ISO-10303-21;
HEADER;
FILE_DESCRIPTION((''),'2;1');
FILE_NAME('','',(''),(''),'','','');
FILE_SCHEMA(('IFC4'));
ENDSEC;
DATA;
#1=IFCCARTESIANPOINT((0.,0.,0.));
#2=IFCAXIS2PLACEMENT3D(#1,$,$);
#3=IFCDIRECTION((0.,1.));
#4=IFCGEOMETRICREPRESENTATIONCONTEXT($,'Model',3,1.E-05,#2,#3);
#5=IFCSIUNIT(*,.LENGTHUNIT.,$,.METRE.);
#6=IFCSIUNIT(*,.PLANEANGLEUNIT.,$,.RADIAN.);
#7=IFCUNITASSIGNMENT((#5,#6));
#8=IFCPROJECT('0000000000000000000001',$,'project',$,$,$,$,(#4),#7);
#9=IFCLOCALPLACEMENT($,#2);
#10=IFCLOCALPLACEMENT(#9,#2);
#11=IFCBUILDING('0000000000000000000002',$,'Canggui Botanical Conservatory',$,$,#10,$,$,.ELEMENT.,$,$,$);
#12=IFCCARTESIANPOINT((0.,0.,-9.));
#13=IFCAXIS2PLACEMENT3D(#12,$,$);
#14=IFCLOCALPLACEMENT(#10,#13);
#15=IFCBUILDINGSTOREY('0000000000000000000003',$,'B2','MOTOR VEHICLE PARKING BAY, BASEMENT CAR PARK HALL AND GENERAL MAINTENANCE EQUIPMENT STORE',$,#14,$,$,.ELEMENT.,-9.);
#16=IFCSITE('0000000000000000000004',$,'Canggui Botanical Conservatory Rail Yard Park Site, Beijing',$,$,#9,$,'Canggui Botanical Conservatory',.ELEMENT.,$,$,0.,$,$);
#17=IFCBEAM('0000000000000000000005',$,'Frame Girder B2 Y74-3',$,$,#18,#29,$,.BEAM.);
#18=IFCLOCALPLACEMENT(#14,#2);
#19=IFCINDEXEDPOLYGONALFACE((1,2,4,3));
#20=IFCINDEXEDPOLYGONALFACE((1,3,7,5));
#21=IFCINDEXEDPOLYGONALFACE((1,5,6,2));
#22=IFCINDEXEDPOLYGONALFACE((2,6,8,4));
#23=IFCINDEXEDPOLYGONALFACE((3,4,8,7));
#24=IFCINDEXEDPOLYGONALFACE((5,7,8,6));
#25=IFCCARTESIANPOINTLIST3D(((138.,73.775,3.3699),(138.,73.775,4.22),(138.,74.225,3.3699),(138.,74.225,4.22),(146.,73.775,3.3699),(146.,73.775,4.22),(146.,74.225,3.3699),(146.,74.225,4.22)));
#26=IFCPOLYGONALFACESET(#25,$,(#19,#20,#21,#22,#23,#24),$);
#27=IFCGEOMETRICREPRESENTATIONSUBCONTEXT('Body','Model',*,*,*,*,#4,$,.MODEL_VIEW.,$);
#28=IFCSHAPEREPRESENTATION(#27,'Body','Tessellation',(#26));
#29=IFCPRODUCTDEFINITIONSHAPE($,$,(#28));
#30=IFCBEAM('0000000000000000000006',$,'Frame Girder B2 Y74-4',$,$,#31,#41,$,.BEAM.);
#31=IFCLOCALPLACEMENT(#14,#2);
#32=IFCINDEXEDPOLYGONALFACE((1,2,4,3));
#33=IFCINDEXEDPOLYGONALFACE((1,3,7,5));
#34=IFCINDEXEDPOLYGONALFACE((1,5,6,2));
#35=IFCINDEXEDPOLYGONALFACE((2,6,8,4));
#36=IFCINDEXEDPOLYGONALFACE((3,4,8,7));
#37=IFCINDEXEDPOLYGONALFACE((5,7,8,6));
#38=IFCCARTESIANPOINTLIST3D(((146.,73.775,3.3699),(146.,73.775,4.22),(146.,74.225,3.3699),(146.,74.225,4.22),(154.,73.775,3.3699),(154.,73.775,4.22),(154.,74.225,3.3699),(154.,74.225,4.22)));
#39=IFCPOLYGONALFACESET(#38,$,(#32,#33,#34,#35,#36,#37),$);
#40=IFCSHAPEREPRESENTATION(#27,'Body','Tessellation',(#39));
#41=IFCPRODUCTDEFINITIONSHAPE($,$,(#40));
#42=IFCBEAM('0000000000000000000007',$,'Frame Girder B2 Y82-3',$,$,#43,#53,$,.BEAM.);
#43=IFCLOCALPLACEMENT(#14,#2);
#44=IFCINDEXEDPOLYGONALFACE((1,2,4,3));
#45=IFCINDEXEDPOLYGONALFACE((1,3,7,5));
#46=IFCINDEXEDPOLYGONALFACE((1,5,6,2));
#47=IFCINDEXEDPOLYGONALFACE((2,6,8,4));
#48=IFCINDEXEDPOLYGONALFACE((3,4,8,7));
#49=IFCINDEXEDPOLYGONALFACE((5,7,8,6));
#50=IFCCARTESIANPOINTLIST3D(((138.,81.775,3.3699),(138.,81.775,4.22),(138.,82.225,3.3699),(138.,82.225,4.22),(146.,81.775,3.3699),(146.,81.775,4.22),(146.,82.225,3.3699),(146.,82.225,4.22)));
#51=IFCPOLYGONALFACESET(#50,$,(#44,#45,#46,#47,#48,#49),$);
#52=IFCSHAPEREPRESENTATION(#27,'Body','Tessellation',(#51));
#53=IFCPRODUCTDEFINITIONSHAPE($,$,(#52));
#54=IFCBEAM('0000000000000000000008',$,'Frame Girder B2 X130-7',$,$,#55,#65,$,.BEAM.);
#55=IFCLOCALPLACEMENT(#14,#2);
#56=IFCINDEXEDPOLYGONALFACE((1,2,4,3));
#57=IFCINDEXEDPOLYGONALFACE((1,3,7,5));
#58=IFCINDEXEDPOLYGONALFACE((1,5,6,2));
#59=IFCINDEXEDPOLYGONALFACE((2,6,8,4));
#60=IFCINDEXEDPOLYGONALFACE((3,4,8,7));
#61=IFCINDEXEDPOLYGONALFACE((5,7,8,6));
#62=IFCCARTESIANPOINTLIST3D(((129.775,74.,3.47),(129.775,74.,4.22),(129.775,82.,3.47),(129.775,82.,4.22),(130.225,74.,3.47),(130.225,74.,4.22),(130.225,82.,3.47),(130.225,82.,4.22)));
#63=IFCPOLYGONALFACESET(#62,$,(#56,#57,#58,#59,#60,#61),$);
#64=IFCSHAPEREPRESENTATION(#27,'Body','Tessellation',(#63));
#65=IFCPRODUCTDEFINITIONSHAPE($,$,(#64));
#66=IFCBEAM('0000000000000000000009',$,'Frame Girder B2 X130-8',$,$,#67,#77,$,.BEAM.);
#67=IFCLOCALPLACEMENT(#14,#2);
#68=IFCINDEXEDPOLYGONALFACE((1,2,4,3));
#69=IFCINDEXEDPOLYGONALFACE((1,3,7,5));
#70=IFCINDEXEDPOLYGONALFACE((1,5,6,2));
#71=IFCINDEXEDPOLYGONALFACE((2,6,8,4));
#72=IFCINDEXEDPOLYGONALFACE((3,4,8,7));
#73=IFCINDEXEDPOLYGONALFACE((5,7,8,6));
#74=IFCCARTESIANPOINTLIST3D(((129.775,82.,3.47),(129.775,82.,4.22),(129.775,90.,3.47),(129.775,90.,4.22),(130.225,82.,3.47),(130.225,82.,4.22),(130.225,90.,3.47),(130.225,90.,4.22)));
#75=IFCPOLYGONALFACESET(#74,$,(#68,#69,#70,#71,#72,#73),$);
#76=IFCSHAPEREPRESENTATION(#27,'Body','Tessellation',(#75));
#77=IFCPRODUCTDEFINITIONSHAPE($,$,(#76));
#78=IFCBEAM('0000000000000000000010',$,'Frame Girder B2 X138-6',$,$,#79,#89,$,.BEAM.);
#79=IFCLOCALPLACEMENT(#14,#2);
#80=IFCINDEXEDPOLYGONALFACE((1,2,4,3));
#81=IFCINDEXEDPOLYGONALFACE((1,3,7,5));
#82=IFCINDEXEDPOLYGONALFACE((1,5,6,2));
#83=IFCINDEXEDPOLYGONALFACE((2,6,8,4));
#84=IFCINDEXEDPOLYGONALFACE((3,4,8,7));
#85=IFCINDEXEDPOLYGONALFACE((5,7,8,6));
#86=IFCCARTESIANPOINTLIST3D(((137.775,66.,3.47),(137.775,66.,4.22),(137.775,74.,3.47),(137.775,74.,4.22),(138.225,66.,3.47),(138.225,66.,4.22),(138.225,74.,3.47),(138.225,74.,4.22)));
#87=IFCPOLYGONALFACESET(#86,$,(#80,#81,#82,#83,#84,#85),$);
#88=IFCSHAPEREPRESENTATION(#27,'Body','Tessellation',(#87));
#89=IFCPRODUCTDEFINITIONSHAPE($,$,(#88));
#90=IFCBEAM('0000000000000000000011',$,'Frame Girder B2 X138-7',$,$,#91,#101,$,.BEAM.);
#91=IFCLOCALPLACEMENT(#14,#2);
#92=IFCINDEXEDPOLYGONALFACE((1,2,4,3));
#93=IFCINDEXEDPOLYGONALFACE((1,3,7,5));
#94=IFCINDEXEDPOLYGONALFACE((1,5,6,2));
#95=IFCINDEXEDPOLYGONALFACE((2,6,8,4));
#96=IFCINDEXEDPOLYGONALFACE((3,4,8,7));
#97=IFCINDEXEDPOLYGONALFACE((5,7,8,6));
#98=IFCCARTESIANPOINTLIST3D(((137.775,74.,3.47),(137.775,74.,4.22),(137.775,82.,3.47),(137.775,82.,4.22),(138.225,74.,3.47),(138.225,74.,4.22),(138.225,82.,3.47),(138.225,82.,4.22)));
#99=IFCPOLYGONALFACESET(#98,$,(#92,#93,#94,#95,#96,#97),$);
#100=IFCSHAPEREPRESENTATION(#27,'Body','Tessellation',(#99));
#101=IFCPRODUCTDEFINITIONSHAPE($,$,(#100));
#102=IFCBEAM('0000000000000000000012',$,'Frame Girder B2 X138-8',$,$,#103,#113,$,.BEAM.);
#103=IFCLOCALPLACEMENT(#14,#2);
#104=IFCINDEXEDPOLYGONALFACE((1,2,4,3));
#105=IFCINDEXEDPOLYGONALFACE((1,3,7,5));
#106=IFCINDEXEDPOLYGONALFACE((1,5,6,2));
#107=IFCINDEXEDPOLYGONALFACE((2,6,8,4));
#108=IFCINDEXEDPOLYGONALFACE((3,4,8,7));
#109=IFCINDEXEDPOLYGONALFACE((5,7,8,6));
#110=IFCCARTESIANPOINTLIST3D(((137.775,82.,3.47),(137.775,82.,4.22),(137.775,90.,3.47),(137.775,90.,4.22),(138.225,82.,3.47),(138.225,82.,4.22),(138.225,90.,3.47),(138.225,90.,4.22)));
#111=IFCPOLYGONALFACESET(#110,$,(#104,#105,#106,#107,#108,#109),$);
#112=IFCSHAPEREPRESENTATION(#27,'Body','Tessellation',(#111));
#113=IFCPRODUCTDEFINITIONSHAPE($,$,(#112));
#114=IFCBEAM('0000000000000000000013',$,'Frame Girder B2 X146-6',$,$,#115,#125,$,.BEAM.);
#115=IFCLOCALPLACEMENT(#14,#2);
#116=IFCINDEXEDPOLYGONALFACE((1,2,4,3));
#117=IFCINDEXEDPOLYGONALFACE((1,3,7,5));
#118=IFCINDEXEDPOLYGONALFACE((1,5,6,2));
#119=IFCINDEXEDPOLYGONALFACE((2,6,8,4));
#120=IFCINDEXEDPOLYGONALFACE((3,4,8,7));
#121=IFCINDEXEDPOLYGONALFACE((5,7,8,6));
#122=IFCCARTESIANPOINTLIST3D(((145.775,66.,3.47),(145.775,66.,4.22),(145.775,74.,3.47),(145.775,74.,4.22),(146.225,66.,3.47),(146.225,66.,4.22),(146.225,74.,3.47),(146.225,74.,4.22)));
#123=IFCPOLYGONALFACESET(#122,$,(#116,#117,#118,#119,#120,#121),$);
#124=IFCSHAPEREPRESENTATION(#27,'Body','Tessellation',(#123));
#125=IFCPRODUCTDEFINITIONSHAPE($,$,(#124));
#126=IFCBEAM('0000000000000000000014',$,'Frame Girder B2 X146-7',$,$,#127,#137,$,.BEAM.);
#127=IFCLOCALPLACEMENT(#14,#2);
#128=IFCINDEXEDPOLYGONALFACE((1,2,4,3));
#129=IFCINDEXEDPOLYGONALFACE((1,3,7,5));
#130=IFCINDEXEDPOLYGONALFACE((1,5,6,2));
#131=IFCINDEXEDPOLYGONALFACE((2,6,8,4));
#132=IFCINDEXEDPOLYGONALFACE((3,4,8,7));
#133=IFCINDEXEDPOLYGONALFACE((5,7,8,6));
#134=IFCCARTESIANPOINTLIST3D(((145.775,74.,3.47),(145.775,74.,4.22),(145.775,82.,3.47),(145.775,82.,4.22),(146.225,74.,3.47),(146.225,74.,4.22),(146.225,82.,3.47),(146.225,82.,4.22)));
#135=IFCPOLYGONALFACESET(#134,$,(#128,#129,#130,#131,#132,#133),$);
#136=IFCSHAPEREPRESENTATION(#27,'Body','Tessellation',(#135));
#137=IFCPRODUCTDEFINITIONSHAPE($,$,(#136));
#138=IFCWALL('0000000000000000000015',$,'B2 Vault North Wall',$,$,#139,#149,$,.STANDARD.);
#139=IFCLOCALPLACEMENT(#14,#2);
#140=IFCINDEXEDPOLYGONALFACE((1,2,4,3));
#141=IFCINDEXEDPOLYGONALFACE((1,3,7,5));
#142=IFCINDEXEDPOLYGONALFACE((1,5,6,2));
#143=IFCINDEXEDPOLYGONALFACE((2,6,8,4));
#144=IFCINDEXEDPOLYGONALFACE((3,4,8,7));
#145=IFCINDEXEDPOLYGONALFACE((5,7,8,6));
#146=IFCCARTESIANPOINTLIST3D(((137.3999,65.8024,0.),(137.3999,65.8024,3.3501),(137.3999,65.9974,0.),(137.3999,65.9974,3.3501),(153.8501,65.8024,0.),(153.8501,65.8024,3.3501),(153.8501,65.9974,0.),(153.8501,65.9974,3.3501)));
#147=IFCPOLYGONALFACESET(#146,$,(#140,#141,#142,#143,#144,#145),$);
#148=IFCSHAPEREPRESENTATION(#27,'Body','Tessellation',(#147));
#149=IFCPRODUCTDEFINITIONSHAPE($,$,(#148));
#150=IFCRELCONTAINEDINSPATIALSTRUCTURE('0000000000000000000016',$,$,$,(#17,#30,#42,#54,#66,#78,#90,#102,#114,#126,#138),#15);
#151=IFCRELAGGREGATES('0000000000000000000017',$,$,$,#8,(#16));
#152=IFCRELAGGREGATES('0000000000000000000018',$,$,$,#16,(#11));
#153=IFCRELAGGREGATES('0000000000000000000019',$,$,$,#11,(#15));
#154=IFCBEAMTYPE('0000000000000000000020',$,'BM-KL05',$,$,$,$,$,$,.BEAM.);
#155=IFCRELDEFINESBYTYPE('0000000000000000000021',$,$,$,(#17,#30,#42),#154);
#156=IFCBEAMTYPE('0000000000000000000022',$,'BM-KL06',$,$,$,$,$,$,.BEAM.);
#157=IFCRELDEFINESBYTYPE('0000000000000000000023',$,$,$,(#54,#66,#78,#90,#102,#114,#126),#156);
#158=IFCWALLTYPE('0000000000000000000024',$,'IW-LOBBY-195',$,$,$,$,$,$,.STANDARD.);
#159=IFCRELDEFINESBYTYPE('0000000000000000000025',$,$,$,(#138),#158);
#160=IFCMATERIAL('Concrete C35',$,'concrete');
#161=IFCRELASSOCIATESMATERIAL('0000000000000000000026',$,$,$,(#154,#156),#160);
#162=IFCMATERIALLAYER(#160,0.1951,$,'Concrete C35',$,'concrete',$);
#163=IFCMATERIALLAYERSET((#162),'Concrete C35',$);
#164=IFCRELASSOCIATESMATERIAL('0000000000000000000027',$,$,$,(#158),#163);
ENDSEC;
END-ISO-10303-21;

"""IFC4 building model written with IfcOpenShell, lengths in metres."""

from ifc_helpers import new_model, si_unit, direction, frame, frame_2d, origin, origin_2d, place, context, subcontext, project, spatial, rectangle, extrude, material, layer, layer_set, material_profile, profile_set, type_object, element, save


model = new_model("IFC4")

# Units and contexts
model_context = context("Model", 3, precision=1e-05, world=origin(), true_north=direction((0.0, 1.0)))
body_context = subcontext(model_context, "Body", "Model", "MODEL_VIEW")
ifc_project = project(units=[si_unit("LENGTHUNIT", "METRE"), si_unit("PLANEANGLEUNIT", "RADIAN")], contexts=[model_context])

# Site, building, storey
site_placement = place(None, origin())
site = spatial("IfcSite", under=ifc_project, at=site_placement, Name="Canggui Botanical Conservatory Rail Yard Park Site, Beijing", LongName="Canggui Botanical Conservatory", CompositionType="ELEMENT", RefElevation=0.0)
building_placement = place(site_placement, origin())
building = spatial("IfcBuilding", under=site, at=building_placement, Name="Canggui Botanical Conservatory", CompositionType="ELEMENT")
storey_placement = place(building_placement, frame((0.0, 0.0, -9.0)))
storey = spatial("IfcBuildingStorey", under=building, at=storey_placement, Name="B2", Description="MOTOR VEHICLE PARKING BAY, BASEMENT CAR PARK HALL AND GENERAL MAINTENANCE EQUIPMENT STORE", CompositionType="ELEMENT", Elevation=-9.0)

# Shared definitions
ifc_material_1 = material(Name="Concrete C35", Category="concrete")

# Beams
ifc_material_profile_1 = material_profile(ifc_material_1, rectangle(XDim=0.45, YDim=0.8501, at=origin_2d()), Name="RB 450x850")
ifc_profile_set_1 = profile_set([ifc_material_profile_1], Name="Concrete C35")
beam_type_1 = type_object("IfcBeamType", Name="BM-KL05", PredefinedType="BEAM", material=ifc_profile_set_1)
for number, where, z_axis, x_axis, name in (
    (1, (138.0, 74.0, 3.7949), (1.0, 0.0, 0.0), (0.0, 1.0, 0.0), "Frame Girder B2 Y74-3"),
    (2, (146.0, 74.0, 3.7949), (1.0, 0.0, 0.0), (0.0, 1.0, 0.0), "Frame Girder B2 Y74-4"),
    (3, (138.0, 82.0, 3.7949), (1.0, 0.0, 0.0), (0.0, 1.0, 0.0), "Frame Girder B2 Y82-3"),
):
    element("IfcBeam", number, at=place(storey_placement, frame(where, z_axis=z_axis, x_axis=x_axis)), inside=storey, type_object=beam_type_1, Name=name, PredefinedType="BEAM", context=body_context, shape_type="SweptSolid", body=[
        extrude(rectangle(XDim=0.45, YDim=0.8501, at=origin_2d()), origin(), (0.0, 0.0, 1.0), 8.0),
    ])
ifc_material_profile_2 = material_profile(ifc_material_1, rectangle(XDim=0.45, YDim=0.75, at=origin_2d()), Name="RB 450x750")
ifc_profile_set_2 = profile_set([ifc_material_profile_2], Name="Concrete C35")
beam_type_2 = type_object("IfcBeamType", Name="BM-KL06", PredefinedType="BEAM", material=ifc_profile_set_2)
for number, where, z_axis, x_axis, name in (
    (4, (130.0, 74.0, 3.845), (0.0, 1.0, 0.0), (-1.0, 0.0, 0.0), "Frame Girder B2 X130-7"),
    (5, (130.0, 82.0, 3.845), (0.0, 1.0, 0.0), (-1.0, 0.0, 0.0), "Frame Girder B2 X130-8"),
    (6, (138.0, 66.0, 3.845), (0.0, 1.0, 0.0), (-1.0, 0.0, 0.0), "Frame Girder B2 X138-6"),
    (7, (138.0, 74.0, 3.845), (0.0, 1.0, 0.0), (-1.0, 0.0, 0.0), "Frame Girder B2 X138-7"),
    (8, (138.0, 82.0, 3.845), (0.0, 1.0, 0.0), (-1.0, 0.0, 0.0), "Frame Girder B2 X138-8"),
    (9, (146.0, 66.0, 3.845), (0.0, 1.0, 0.0), (-1.0, 0.0, 0.0), "Frame Girder B2 X146-6"),
    (10, (146.0, 74.0, 3.845), (0.0, 1.0, 0.0), (-1.0, 0.0, 0.0), "Frame Girder B2 X146-7"),
):
    element("IfcBeam", number, at=place(storey_placement, frame(where, z_axis=z_axis, x_axis=x_axis)), inside=storey, type_object=beam_type_2, Name=name, PredefinedType="BEAM", context=body_context, shape_type="SweptSolid", body=[
        extrude(rectangle(XDim=0.45, YDim=0.75, at=origin_2d()), origin(), (0.0, 0.0, 1.0), 8.0),
    ])

# Wall
ifc_layer = layer(ifc_material_1, 0.1951, Name="Concrete C35", Category="concrete")
ifc_layer_set = layer_set([ifc_layer], Name="Concrete C35")
wall_type = type_object("IfcWallType", Name="IW-LOBBY-195", PredefinedType="STANDARD", material=ifc_layer_set)
wall_placement = place(storey_placement, frame((137.3999, 65.8999, 0.0), z_axis=(0.0, 0.0, 1.0), x_axis=(1.0, 0.0, 0.0)))
element("IfcWall", 11, at=wall_placement, inside=storey, type_object=wall_type, Name="B2 Vault North Wall", PredefinedType="STANDARD", context=body_context, shape_type="SweptSolid", body=[
    extrude(rectangle(XDim=16.4502, YDim=0.1951, at=frame_2d((8.2251, 0.0))), origin(), (0.0, 0.0, 1.0), 3.3501),
])

save(model, "model.ifc")
